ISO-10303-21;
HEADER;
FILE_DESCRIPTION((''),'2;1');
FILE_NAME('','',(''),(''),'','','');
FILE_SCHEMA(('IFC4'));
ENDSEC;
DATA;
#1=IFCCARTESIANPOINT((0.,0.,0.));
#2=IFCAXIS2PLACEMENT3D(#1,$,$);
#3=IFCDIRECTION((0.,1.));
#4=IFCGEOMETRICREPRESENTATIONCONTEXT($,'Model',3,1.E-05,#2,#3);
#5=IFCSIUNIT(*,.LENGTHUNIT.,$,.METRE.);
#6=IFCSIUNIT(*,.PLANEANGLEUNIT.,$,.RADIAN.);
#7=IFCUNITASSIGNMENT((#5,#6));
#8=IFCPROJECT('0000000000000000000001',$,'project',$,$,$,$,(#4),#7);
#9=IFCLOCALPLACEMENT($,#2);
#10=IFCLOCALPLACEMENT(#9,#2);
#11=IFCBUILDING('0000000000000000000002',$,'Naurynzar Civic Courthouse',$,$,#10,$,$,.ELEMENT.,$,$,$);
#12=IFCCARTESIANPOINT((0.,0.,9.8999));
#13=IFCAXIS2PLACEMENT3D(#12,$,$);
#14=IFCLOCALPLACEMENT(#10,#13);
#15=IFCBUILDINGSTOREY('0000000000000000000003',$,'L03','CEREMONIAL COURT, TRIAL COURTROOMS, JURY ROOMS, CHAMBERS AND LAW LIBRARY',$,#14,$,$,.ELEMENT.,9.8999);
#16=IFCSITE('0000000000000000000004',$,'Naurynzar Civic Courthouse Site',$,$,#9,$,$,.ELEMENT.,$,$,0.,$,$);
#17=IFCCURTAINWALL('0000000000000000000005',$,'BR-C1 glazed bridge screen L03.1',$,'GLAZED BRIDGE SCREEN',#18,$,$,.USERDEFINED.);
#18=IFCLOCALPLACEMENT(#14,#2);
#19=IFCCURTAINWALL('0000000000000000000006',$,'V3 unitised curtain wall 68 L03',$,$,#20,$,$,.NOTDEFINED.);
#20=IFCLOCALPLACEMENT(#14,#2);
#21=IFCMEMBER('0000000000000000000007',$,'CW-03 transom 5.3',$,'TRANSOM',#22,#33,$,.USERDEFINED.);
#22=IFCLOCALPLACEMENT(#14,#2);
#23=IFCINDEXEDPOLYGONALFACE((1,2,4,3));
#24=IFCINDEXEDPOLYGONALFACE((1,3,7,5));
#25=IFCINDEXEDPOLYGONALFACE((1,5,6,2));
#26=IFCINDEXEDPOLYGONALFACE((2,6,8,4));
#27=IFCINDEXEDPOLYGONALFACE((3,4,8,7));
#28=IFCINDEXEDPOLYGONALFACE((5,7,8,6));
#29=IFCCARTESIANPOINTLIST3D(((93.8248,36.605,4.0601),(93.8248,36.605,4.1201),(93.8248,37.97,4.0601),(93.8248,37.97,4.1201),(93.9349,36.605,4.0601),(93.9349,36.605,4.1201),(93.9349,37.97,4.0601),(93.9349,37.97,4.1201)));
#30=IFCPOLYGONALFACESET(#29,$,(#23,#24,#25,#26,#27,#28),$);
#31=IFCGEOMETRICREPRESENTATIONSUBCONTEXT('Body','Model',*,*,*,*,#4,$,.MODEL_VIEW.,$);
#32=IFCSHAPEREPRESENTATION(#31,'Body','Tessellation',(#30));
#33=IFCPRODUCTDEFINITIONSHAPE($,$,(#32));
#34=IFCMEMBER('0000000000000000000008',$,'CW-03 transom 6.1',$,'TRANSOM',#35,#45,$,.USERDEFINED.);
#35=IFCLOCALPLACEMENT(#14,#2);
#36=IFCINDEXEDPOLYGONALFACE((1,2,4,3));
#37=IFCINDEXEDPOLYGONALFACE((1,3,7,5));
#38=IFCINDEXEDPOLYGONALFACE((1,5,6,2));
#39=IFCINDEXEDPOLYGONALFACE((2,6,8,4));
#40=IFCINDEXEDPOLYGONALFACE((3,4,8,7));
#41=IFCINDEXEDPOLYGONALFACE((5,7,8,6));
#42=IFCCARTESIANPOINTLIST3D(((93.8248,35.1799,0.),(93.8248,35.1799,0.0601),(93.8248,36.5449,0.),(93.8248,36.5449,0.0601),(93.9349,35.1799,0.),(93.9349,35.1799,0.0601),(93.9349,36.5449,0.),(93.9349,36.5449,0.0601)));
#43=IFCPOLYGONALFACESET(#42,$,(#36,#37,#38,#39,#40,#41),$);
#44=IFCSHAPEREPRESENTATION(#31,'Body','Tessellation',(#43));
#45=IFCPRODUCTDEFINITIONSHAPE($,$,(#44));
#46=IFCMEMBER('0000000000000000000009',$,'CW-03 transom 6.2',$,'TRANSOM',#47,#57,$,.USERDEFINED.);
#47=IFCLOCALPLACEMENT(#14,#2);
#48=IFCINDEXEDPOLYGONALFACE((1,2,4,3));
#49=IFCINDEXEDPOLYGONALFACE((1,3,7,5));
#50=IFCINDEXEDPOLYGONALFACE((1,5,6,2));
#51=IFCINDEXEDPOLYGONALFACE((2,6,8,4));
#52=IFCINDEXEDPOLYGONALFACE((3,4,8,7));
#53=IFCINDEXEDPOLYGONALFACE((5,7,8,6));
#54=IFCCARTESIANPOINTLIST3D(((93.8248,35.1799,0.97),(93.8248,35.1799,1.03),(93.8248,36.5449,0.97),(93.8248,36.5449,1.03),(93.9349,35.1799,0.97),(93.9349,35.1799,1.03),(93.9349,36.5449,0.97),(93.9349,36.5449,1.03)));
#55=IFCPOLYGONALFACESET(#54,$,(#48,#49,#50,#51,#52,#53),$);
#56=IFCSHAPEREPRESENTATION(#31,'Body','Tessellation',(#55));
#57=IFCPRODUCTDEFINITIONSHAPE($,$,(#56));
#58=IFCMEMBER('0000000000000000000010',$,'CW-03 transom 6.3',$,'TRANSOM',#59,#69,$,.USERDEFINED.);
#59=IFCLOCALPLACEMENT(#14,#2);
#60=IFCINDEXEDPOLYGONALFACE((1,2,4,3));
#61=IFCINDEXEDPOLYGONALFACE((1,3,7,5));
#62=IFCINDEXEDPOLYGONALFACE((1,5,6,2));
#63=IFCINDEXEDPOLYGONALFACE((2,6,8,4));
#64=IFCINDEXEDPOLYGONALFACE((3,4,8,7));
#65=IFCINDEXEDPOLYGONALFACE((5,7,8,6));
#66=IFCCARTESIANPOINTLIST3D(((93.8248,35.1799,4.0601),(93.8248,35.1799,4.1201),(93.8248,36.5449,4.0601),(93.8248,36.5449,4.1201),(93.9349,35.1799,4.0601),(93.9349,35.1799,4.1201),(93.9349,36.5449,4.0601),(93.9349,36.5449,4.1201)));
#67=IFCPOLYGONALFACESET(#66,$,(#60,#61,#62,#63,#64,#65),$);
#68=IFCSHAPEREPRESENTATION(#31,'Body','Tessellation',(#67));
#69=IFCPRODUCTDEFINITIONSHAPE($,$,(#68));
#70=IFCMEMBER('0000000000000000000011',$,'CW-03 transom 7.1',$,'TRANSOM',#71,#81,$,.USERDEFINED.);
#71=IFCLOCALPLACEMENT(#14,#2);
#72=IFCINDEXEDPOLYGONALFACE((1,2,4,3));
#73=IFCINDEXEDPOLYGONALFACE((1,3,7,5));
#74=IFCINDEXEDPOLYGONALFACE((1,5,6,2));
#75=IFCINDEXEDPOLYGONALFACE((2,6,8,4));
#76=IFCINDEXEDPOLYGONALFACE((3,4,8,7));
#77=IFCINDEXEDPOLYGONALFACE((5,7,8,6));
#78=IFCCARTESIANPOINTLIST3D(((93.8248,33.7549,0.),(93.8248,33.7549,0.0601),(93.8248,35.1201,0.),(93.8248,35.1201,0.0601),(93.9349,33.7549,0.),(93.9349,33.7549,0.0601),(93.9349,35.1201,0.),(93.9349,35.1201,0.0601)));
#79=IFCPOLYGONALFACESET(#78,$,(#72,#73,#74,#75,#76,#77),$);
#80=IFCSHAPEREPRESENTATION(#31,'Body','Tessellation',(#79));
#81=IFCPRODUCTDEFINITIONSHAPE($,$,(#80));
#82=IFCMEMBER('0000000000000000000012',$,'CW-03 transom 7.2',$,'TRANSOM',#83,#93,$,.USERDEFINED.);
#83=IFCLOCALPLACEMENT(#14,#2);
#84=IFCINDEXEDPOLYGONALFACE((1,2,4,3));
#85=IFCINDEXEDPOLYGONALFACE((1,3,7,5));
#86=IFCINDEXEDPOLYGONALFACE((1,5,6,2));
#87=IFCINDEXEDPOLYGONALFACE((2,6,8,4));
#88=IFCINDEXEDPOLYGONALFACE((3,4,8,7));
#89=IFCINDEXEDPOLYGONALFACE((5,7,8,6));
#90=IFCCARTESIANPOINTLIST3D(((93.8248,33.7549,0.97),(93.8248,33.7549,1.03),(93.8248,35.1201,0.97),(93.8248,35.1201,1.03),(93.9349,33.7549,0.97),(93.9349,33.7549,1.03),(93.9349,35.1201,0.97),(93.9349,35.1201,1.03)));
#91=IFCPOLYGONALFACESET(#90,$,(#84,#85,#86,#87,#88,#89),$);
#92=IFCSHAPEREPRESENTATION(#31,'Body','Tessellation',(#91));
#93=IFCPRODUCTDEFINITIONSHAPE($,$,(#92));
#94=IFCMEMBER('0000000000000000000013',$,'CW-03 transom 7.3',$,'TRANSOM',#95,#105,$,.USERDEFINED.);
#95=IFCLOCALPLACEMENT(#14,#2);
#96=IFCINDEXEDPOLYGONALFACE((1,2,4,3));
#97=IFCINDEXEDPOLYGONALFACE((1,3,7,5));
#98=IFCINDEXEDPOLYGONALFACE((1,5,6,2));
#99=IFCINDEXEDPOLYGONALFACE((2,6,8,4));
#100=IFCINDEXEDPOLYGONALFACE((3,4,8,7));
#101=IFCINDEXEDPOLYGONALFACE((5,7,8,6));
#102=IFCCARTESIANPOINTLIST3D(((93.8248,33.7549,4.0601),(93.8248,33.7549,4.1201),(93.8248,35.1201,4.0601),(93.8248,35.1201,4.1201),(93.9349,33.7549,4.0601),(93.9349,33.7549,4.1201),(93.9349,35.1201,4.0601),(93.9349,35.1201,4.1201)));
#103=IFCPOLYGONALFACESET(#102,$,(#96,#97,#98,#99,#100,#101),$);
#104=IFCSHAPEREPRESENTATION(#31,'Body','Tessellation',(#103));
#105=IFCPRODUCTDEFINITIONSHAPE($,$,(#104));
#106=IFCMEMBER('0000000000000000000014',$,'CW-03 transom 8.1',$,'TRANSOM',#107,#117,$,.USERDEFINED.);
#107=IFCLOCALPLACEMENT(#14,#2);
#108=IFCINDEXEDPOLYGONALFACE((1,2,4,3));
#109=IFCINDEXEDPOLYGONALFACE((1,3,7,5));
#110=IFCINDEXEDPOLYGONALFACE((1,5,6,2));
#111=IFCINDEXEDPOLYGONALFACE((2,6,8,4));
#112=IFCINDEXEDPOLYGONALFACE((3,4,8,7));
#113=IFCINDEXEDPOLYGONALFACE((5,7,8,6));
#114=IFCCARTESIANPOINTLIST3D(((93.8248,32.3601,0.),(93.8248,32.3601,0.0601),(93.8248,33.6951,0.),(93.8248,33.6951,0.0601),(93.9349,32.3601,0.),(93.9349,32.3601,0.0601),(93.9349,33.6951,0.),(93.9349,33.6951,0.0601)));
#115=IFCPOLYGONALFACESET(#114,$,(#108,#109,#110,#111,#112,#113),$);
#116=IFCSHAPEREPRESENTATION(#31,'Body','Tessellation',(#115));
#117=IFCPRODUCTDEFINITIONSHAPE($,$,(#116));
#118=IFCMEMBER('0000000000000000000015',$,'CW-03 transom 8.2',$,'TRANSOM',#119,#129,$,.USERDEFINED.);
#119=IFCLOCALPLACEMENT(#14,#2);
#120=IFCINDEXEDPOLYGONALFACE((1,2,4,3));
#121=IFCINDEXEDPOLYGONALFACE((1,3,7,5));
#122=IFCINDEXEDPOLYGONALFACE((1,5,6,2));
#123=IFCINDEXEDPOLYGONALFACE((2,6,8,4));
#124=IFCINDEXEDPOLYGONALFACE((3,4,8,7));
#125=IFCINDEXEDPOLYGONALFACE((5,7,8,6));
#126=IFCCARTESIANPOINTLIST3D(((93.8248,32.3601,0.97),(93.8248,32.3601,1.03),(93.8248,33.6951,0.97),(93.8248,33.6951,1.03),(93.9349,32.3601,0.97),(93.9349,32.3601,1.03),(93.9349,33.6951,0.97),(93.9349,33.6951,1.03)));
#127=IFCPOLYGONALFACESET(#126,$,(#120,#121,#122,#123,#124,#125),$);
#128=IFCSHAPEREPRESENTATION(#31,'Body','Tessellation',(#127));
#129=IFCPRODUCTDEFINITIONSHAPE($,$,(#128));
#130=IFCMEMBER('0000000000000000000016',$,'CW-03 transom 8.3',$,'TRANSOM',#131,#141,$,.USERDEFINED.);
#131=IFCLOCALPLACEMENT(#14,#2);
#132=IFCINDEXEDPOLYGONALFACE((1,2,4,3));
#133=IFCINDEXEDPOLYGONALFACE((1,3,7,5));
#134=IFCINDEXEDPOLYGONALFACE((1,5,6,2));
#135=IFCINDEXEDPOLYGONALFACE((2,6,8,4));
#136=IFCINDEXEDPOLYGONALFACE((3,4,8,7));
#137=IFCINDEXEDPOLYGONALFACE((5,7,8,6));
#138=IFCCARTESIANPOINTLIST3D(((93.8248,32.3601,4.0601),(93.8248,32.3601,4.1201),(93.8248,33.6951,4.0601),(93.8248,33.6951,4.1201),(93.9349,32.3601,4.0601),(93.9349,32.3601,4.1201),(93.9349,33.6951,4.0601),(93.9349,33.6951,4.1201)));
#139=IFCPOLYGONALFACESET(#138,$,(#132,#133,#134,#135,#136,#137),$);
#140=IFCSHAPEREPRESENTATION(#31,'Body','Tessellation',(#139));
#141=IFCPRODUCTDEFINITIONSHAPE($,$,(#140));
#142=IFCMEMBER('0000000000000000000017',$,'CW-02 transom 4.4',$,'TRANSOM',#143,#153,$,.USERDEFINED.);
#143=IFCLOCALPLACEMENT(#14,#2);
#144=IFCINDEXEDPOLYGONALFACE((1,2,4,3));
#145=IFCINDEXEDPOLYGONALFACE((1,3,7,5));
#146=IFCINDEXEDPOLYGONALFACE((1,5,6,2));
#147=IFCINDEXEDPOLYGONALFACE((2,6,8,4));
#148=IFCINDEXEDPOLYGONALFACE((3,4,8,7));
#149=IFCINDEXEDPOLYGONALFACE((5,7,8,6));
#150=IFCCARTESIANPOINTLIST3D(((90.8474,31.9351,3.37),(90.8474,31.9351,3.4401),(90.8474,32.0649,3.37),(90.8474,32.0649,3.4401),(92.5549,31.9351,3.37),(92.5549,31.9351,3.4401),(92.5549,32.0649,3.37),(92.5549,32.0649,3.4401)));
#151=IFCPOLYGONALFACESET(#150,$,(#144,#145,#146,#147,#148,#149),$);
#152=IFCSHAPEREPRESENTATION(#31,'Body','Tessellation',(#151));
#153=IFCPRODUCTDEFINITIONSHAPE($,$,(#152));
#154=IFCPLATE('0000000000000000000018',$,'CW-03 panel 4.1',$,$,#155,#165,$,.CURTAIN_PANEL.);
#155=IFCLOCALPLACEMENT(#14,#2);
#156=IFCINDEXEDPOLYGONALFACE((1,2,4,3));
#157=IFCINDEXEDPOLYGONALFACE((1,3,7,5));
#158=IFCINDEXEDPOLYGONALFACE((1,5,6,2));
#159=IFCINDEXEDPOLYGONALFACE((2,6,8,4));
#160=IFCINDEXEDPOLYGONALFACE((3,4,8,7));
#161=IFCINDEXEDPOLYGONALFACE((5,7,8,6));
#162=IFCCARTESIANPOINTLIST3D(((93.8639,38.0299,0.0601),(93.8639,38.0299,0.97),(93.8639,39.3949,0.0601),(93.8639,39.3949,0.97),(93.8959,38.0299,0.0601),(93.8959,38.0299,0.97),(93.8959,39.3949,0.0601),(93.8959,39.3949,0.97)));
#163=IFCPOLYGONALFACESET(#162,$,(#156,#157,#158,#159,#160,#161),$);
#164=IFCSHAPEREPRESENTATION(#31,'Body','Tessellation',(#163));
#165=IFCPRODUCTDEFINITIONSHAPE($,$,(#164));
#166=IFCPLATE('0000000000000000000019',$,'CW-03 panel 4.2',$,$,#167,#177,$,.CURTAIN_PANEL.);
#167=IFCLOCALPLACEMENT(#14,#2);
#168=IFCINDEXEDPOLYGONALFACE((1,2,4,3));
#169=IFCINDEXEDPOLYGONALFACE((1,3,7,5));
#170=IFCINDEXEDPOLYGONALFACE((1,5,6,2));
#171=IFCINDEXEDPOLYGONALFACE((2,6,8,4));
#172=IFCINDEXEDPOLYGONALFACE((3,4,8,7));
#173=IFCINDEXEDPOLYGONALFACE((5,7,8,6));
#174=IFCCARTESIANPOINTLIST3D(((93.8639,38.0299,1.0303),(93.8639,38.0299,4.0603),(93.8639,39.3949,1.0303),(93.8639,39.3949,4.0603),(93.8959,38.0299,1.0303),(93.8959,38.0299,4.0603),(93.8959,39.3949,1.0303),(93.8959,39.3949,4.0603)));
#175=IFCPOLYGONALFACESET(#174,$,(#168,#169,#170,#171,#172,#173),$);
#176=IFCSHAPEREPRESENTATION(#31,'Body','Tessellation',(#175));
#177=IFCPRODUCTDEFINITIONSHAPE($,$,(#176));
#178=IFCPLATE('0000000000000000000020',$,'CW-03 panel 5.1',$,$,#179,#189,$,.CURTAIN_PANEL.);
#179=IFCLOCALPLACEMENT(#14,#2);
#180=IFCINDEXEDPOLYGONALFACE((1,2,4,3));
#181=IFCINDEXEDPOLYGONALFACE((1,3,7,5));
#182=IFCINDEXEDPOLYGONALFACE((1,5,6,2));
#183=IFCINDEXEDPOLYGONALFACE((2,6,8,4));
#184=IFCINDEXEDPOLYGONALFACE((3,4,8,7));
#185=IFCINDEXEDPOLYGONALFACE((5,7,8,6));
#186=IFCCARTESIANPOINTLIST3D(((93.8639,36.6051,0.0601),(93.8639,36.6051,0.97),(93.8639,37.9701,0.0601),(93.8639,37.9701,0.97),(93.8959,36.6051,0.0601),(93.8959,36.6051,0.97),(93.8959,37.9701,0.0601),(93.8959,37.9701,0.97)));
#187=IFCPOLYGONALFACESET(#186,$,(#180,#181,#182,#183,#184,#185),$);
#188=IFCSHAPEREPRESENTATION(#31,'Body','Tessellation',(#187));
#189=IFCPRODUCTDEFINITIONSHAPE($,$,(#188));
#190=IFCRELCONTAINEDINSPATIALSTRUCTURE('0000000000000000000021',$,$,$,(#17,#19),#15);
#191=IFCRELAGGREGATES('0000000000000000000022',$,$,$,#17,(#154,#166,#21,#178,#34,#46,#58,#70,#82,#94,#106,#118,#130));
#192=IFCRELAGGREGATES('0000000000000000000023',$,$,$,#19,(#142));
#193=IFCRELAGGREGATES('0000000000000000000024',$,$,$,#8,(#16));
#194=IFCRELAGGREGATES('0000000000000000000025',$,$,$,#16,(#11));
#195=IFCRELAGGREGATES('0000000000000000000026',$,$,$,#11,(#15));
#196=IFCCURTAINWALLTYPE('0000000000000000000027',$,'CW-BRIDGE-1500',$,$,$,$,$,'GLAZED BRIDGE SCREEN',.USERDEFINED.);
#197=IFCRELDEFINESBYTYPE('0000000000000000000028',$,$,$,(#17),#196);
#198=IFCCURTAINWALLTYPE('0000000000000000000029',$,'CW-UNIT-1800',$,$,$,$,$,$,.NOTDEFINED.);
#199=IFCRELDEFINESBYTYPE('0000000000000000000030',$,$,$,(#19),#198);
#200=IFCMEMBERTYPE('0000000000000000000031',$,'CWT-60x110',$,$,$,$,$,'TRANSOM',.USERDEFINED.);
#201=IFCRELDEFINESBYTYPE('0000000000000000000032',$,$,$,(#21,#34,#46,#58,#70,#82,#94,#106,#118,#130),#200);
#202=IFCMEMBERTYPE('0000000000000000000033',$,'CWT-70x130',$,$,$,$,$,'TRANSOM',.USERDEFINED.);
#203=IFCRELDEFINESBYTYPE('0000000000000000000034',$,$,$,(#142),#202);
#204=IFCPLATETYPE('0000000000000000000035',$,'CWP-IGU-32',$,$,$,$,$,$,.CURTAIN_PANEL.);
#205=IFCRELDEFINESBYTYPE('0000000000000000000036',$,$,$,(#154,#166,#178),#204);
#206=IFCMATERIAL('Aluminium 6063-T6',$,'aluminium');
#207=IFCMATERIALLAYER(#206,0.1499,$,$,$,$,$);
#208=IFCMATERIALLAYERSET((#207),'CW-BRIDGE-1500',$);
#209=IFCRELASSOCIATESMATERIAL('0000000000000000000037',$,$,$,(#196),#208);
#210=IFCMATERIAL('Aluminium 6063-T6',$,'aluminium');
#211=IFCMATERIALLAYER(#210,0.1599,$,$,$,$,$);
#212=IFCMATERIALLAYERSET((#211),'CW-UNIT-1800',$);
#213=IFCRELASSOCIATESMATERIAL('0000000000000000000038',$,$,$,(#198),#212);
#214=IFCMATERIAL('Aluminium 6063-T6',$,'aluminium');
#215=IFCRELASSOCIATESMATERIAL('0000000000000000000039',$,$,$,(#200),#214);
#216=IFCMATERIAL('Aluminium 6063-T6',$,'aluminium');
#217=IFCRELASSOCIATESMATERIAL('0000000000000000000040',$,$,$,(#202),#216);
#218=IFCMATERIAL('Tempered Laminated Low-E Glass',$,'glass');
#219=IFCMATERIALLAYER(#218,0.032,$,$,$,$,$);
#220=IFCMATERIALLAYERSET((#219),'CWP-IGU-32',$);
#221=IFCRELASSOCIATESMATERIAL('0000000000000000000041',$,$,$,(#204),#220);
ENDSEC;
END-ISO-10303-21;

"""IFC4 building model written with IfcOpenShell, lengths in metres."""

from ifc_helpers import new_model, si_unit, direction, frame, origin, origin_2d, place, context, subcontext, project, spatial, rectangle, extrude, material, layer, layer_set, material_profile, profile_set, type_object, element, aggregate, save


model = new_model("IFC4")

# Units and contexts
model_context = context("Model", 3, precision=1e-05, world=origin(), true_north=direction((0.0, 1.0)))
body_context = subcontext(model_context, "Body", "Model", "MODEL_VIEW")
ifc_project = project(units=[si_unit("LENGTHUNIT", "METRE"), si_unit("PLANEANGLEUNIT", "RADIAN")], contexts=[model_context])

# Site, building, storey
site_placement = place(None, origin())
site = spatial("IfcSite", under=ifc_project, at=site_placement, Name="Naurynzar Civic Courthouse Site", CompositionType="ELEMENT", RefElevation=0.0)
building_placement = place(site_placement, origin())
building = spatial("IfcBuilding", under=site, at=building_placement, Name="Naurynzar Civic Courthouse", CompositionType="ELEMENT")
storey_placement = place(building_placement, frame((0.0, 0.0, 9.8999)))
storey = spatial("IfcBuildingStorey", under=building, at=storey_placement, Name="L03", Description="CEREMONIAL COURT, TRIAL COURTROOMS, JURY ROOMS, CHAMBERS AND LAW LIBRARY", CompositionType="ELEMENT", Elevation=9.8999)

# Curtain wall
ifc_material_1 = material(Name="Aluminium 6063-T6", Category="aluminium")
ifc_layer_1 = layer(ifc_material_1, 0.1499)
ifc_layer_set_1 = layer_set([ifc_layer_1], Name="CW-BRIDGE-1500")
curtain_wall_type_1 = type_object("IfcCurtainWallType", Name="CW-BRIDGE-1500", ElementType="GLAZED BRIDGE SCREEN", PredefinedType="USERDEFINED", material=ifc_layer_set_1)
curtain_wall_1_placement = place(storey_placement, origin())
curtain_wall_1 = element("IfcCurtainWall", 1, at=curtain_wall_1_placement, inside=storey, type_object=curtain_wall_type_1, Name="BR-C1 glazed bridge screen L03.1", ObjectType="GLAZED BRIDGE SCREEN", PredefinedType="USERDEFINED")

# Curtain wall
ifc_material_2 = material(Name="Aluminium 6063-T6", Category="aluminium")
ifc_layer_2 = layer(ifc_material_2, 0.1599)
ifc_layer_set_2 = layer_set([ifc_layer_2], Name="CW-UNIT-1800")
curtain_wall_type_2 = type_object("IfcCurtainWallType", Name="CW-UNIT-1800", PredefinedType="NOTDEFINED", material=ifc_layer_set_2)
curtain_wall_2_placement = place(storey_placement, origin())
curtain_wall_2 = element("IfcCurtainWall", 2, at=curtain_wall_2_placement, inside=storey, type_object=curtain_wall_type_2, Name="V3 unitised curtain wall 68 L03", PredefinedType="NOTDEFINED")

# Members
ifc_material_3 = material(Name="Aluminium 6063-T6", Category="aluminium")
ifc_material_profile_1 = material_profile(ifc_material_3, rectangle(XDim=0.1101, YDim=0.0601, at=origin_2d()), Name="ALU TRANSOM 60x110")
ifc_profile_set_1 = profile_set([ifc_material_profile_1], Name="Aluminium 6063-T6")
member_type_1 = type_object("IfcMemberType", Name="CWT-60x110", ElementType="TRANSOM", PredefinedType="USERDEFINED", material=ifc_profile_set_1)
member_1_placement = place(storey_placement, frame((93.8799, 37.97, 4.0901), z_axis=(0.0, -1.0, 0.0), x_axis=(1.0, 0.0, 0.0)))
member_1 = element("IfcMember", 3, at=member_1_placement, type_object=member_type_1, Name="CW-03 transom 5.3", ObjectType="TRANSOM", PredefinedType="USERDEFINED", context=body_context, shape_type="SweptSolid", body=[
    extrude(rectangle(XDim=0.1101, YDim=0.0601, at=origin_2d()), origin(), (0.0, 0.0, 1.0), 1.365),
])
member_2_placement = place(storey_placement, frame((93.8799, 36.5449, 0.03), z_axis=(0.0, -1.0, 0.0), x_axis=(1.0, 0.0, 0.0)))
member_2 = element("IfcMember", 4, at=member_2_placement, type_object=member_type_1, Name="CW-03 transom 6.1", ObjectType="TRANSOM", PredefinedType="USERDEFINED", context=body_context, shape_type="SweptSolid", body=[
    extrude(rectangle(XDim=0.1101, YDim=0.0601, at=origin_2d()), origin(), (0.0, 0.0, 1.0), 1.365),
])
member_3_placement = place(storey_placement, frame((93.8799, 36.5449, 1.0), z_axis=(0.0, -1.0, 0.0), x_axis=(1.0, 0.0, 0.0)))
member_3 = element("IfcMember", 5, at=member_3_placement, type_object=member_type_1, Name="CW-03 transom 6.2", ObjectType="TRANSOM", PredefinedType="USERDEFINED", context=body_context, shape_type="SweptSolid", body=[
    extrude(rectangle(XDim=0.1101, YDim=0.0601, at=origin_2d()), origin(), (0.0, 0.0, 1.0), 1.365),
])
member_4_placement = place(storey_placement, frame((93.8799, 36.5449, 4.0901), z_axis=(0.0, -1.0, 0.0), x_axis=(1.0, 0.0, 0.0)))
member_4 = element("IfcMember", 6, at=member_4_placement, type_object=member_type_1, Name="CW-03 transom 6.3", ObjectType="TRANSOM", PredefinedType="USERDEFINED", context=body_context, shape_type="SweptSolid", body=[
    extrude(rectangle(XDim=0.1101, YDim=0.0601, at=origin_2d()), origin(), (0.0, 0.0, 1.0), 1.365),
])
member_5_placement = place(storey_placement, frame((93.8799, 35.1201, 0.03), z_axis=(0.0, -1.0, 0.0), x_axis=(1.0, 0.0, 0.0)))
member_5 = element("IfcMember", 7, at=member_5_placement, type_object=member_type_1, Name="CW-03 transom 7.1", ObjectType="TRANSOM", PredefinedType="USERDEFINED", context=body_context, shape_type="SweptSolid", body=[
    extrude(rectangle(XDim=0.1101, YDim=0.0601, at=origin_2d()), origin(), (0.0, 0.0, 1.0), 1.3652),
])
member_6_placement = place(storey_placement, frame((93.8799, 35.1201, 1.0), z_axis=(0.0, -1.0, 0.0), x_axis=(1.0, 0.0, 0.0)))
member_6 = element("IfcMember", 8, at=member_6_placement, type_object=member_type_1, Name="CW-03 transom 7.2", ObjectType="TRANSOM", PredefinedType="USERDEFINED", context=body_context, shape_type="SweptSolid", body=[
    extrude(rectangle(XDim=0.1101, YDim=0.0601, at=origin_2d()), origin(), (0.0, 0.0, 1.0), 1.3652),
])
member_7_placement = place(storey_placement, frame((93.8799, 35.1201, 4.0901), z_axis=(0.0, -1.0, 0.0), x_axis=(1.0, 0.0, 0.0)))
member_7 = element("IfcMember", 9, at=member_7_placement, type_object=member_type_1, Name="CW-03 transom 7.3", ObjectType="TRANSOM", PredefinedType="USERDEFINED", context=body_context, shape_type="SweptSolid", body=[
    extrude(rectangle(XDim=0.1101, YDim=0.0601, at=origin_2d()), origin(), (0.0, 0.0, 1.0), 1.3652),
])
member_8_placement = place(storey_placement, frame((93.8799, 33.6951, 0.03), z_axis=(0.0, -1.0, 0.0), x_axis=(1.0, 0.0, 0.0)))
member_8 = element("IfcMember", 10, at=member_8_placement, type_object=member_type_1, Name="CW-03 transom 8.1", ObjectType="TRANSOM", PredefinedType="USERDEFINED", context=body_context, shape_type="SweptSolid", body=[
    extrude(rectangle(XDim=0.1101, YDim=0.0601, at=origin_2d()), origin(), (0.0, 0.0, 1.0), 1.335),
])
member_9_placement = place(storey_placement, frame((93.8799, 33.6951, 1.0), z_axis=(0.0, -1.0, 0.0), x_axis=(1.0, 0.0, 0.0)))
member_9 = element("IfcMember", 11, at=member_9_placement, type_object=member_type_1, Name="CW-03 transom 8.2", ObjectType="TRANSOM", PredefinedType="USERDEFINED", context=body_context, shape_type="SweptSolid", body=[
    extrude(rectangle(XDim=0.1101, YDim=0.0601, at=origin_2d()), origin(), (0.0, 0.0, 1.0), 1.335),
])
member_10_placement = place(storey_placement, frame((93.8799, 33.6951, 4.0901), z_axis=(0.0, -1.0, 0.0), x_axis=(1.0, 0.0, 0.0)))
member_10 = element("IfcMember", 12, at=member_10_placement, type_object=member_type_1, Name="CW-03 transom 8.3", ObjectType="TRANSOM", PredefinedType="USERDEFINED", context=body_context, shape_type="SweptSolid", body=[
    extrude(rectangle(XDim=0.1101, YDim=0.0601, at=origin_2d()), origin(), (0.0, 0.0, 1.0), 1.335),
])
ifc_material_4 = material(Name="Aluminium 6063-T6", Category="aluminium")
ifc_material_profile_2 = material_profile(ifc_material_4, rectangle(XDim=0.1299, YDim=0.0701, at=origin_2d()), Name="ALU TRANSOM 70x130")
ifc_profile_set_2 = profile_set([ifc_material_profile_2], Name="Aluminium 6063-T6")
member_type_2 = type_object("IfcMemberType", Name="CWT-70x130", ElementType="TRANSOM", PredefinedType="USERDEFINED", material=ifc_profile_set_2)
member_11_placement = place(storey_placement, frame((90.8474, 32.0, 3.405), z_axis=(1.0, 0.0, 0.0), x_axis=(0.0, 1.0, 0.0)))
member_11 = element("IfcMember", 13, at=member_11_placement, type_object=member_type_2, Name="CW-02 transom 4.4", ObjectType="TRANSOM", PredefinedType="USERDEFINED", context=body_context, shape_type="SweptSolid", body=[
    extrude(rectangle(XDim=0.1299, YDim=0.0701, at=origin_2d()), origin(), (0.0, 0.0, 1.0), 1.7075),
])

# Plates
ifc_material_5 = material(Name="Tempered Laminated Low-E Glass", Category="glass")
ifc_layer_3 = layer(ifc_material_5, 0.032)
ifc_layer_set_3 = layer_set([ifc_layer_3], Name="CWP-IGU-32")
plate_type_1 = type_object("IfcPlateType", Name="CWP-IGU-32", PredefinedType="CURTAIN_PANEL", material=ifc_layer_set_3)
plate_1_placement = place(storey_placement, frame((93.8799, 38.7124, 0.0601), z_axis=(0.0, 0.0, 1.0), x_axis=(0.0, -1.0, 0.0)))
plate_1 = element("IfcPlate", 14, at=plate_1_placement, type_object=plate_type_1, Name="CW-03 panel 4.1", PredefinedType="CURTAIN_PANEL", context=body_context, shape_type="SweptSolid", body=[
    extrude(rectangle(XDim=1.365, YDim=0.032, at=origin_2d()), origin(), (0.0, 0.0, 1.0), 0.9099),
])
plate_2_placement = place(storey_placement, frame((93.8799, 38.7124, 1.0303), z_axis=(0.0, 0.0, 1.0), x_axis=(0.0, -1.0, 0.0)))
plate_2 = element("IfcPlate", 15, at=plate_2_placement, type_object=plate_type_1, Name="CW-03 panel 4.2", PredefinedType="CURTAIN_PANEL", context=body_context, shape_type="SweptSolid", body=[
    extrude(rectangle(XDim=1.365, YDim=0.032, at=origin_2d()), origin(), (0.0, 0.0, 1.0), 3.03),
])
plate_3_placement = place(storey_placement, frame((93.8799, 37.2876, 0.0601), z_axis=(0.0, 0.0, 1.0), x_axis=(0.0, -1.0, 0.0)))
plate_3 = element("IfcPlate", 16, at=plate_3_placement, type_object=plate_type_1, Name="CW-03 panel 5.1", PredefinedType="CURTAIN_PANEL", context=body_context, shape_type="SweptSolid", body=[
    extrude(rectangle(XDim=1.365, YDim=0.032, at=origin_2d()), origin(), (0.0, 0.0, 1.0), 0.9099),
])
aggregate(curtain_wall_1, [plate_1, plate_2, member_1, plate_3, member_2, member_3, member_4, member_5, member_6, member_7, member_8, member_9, member_10])
aggregate(curtain_wall_2, [member_11])

save(model, "model.ifc")
